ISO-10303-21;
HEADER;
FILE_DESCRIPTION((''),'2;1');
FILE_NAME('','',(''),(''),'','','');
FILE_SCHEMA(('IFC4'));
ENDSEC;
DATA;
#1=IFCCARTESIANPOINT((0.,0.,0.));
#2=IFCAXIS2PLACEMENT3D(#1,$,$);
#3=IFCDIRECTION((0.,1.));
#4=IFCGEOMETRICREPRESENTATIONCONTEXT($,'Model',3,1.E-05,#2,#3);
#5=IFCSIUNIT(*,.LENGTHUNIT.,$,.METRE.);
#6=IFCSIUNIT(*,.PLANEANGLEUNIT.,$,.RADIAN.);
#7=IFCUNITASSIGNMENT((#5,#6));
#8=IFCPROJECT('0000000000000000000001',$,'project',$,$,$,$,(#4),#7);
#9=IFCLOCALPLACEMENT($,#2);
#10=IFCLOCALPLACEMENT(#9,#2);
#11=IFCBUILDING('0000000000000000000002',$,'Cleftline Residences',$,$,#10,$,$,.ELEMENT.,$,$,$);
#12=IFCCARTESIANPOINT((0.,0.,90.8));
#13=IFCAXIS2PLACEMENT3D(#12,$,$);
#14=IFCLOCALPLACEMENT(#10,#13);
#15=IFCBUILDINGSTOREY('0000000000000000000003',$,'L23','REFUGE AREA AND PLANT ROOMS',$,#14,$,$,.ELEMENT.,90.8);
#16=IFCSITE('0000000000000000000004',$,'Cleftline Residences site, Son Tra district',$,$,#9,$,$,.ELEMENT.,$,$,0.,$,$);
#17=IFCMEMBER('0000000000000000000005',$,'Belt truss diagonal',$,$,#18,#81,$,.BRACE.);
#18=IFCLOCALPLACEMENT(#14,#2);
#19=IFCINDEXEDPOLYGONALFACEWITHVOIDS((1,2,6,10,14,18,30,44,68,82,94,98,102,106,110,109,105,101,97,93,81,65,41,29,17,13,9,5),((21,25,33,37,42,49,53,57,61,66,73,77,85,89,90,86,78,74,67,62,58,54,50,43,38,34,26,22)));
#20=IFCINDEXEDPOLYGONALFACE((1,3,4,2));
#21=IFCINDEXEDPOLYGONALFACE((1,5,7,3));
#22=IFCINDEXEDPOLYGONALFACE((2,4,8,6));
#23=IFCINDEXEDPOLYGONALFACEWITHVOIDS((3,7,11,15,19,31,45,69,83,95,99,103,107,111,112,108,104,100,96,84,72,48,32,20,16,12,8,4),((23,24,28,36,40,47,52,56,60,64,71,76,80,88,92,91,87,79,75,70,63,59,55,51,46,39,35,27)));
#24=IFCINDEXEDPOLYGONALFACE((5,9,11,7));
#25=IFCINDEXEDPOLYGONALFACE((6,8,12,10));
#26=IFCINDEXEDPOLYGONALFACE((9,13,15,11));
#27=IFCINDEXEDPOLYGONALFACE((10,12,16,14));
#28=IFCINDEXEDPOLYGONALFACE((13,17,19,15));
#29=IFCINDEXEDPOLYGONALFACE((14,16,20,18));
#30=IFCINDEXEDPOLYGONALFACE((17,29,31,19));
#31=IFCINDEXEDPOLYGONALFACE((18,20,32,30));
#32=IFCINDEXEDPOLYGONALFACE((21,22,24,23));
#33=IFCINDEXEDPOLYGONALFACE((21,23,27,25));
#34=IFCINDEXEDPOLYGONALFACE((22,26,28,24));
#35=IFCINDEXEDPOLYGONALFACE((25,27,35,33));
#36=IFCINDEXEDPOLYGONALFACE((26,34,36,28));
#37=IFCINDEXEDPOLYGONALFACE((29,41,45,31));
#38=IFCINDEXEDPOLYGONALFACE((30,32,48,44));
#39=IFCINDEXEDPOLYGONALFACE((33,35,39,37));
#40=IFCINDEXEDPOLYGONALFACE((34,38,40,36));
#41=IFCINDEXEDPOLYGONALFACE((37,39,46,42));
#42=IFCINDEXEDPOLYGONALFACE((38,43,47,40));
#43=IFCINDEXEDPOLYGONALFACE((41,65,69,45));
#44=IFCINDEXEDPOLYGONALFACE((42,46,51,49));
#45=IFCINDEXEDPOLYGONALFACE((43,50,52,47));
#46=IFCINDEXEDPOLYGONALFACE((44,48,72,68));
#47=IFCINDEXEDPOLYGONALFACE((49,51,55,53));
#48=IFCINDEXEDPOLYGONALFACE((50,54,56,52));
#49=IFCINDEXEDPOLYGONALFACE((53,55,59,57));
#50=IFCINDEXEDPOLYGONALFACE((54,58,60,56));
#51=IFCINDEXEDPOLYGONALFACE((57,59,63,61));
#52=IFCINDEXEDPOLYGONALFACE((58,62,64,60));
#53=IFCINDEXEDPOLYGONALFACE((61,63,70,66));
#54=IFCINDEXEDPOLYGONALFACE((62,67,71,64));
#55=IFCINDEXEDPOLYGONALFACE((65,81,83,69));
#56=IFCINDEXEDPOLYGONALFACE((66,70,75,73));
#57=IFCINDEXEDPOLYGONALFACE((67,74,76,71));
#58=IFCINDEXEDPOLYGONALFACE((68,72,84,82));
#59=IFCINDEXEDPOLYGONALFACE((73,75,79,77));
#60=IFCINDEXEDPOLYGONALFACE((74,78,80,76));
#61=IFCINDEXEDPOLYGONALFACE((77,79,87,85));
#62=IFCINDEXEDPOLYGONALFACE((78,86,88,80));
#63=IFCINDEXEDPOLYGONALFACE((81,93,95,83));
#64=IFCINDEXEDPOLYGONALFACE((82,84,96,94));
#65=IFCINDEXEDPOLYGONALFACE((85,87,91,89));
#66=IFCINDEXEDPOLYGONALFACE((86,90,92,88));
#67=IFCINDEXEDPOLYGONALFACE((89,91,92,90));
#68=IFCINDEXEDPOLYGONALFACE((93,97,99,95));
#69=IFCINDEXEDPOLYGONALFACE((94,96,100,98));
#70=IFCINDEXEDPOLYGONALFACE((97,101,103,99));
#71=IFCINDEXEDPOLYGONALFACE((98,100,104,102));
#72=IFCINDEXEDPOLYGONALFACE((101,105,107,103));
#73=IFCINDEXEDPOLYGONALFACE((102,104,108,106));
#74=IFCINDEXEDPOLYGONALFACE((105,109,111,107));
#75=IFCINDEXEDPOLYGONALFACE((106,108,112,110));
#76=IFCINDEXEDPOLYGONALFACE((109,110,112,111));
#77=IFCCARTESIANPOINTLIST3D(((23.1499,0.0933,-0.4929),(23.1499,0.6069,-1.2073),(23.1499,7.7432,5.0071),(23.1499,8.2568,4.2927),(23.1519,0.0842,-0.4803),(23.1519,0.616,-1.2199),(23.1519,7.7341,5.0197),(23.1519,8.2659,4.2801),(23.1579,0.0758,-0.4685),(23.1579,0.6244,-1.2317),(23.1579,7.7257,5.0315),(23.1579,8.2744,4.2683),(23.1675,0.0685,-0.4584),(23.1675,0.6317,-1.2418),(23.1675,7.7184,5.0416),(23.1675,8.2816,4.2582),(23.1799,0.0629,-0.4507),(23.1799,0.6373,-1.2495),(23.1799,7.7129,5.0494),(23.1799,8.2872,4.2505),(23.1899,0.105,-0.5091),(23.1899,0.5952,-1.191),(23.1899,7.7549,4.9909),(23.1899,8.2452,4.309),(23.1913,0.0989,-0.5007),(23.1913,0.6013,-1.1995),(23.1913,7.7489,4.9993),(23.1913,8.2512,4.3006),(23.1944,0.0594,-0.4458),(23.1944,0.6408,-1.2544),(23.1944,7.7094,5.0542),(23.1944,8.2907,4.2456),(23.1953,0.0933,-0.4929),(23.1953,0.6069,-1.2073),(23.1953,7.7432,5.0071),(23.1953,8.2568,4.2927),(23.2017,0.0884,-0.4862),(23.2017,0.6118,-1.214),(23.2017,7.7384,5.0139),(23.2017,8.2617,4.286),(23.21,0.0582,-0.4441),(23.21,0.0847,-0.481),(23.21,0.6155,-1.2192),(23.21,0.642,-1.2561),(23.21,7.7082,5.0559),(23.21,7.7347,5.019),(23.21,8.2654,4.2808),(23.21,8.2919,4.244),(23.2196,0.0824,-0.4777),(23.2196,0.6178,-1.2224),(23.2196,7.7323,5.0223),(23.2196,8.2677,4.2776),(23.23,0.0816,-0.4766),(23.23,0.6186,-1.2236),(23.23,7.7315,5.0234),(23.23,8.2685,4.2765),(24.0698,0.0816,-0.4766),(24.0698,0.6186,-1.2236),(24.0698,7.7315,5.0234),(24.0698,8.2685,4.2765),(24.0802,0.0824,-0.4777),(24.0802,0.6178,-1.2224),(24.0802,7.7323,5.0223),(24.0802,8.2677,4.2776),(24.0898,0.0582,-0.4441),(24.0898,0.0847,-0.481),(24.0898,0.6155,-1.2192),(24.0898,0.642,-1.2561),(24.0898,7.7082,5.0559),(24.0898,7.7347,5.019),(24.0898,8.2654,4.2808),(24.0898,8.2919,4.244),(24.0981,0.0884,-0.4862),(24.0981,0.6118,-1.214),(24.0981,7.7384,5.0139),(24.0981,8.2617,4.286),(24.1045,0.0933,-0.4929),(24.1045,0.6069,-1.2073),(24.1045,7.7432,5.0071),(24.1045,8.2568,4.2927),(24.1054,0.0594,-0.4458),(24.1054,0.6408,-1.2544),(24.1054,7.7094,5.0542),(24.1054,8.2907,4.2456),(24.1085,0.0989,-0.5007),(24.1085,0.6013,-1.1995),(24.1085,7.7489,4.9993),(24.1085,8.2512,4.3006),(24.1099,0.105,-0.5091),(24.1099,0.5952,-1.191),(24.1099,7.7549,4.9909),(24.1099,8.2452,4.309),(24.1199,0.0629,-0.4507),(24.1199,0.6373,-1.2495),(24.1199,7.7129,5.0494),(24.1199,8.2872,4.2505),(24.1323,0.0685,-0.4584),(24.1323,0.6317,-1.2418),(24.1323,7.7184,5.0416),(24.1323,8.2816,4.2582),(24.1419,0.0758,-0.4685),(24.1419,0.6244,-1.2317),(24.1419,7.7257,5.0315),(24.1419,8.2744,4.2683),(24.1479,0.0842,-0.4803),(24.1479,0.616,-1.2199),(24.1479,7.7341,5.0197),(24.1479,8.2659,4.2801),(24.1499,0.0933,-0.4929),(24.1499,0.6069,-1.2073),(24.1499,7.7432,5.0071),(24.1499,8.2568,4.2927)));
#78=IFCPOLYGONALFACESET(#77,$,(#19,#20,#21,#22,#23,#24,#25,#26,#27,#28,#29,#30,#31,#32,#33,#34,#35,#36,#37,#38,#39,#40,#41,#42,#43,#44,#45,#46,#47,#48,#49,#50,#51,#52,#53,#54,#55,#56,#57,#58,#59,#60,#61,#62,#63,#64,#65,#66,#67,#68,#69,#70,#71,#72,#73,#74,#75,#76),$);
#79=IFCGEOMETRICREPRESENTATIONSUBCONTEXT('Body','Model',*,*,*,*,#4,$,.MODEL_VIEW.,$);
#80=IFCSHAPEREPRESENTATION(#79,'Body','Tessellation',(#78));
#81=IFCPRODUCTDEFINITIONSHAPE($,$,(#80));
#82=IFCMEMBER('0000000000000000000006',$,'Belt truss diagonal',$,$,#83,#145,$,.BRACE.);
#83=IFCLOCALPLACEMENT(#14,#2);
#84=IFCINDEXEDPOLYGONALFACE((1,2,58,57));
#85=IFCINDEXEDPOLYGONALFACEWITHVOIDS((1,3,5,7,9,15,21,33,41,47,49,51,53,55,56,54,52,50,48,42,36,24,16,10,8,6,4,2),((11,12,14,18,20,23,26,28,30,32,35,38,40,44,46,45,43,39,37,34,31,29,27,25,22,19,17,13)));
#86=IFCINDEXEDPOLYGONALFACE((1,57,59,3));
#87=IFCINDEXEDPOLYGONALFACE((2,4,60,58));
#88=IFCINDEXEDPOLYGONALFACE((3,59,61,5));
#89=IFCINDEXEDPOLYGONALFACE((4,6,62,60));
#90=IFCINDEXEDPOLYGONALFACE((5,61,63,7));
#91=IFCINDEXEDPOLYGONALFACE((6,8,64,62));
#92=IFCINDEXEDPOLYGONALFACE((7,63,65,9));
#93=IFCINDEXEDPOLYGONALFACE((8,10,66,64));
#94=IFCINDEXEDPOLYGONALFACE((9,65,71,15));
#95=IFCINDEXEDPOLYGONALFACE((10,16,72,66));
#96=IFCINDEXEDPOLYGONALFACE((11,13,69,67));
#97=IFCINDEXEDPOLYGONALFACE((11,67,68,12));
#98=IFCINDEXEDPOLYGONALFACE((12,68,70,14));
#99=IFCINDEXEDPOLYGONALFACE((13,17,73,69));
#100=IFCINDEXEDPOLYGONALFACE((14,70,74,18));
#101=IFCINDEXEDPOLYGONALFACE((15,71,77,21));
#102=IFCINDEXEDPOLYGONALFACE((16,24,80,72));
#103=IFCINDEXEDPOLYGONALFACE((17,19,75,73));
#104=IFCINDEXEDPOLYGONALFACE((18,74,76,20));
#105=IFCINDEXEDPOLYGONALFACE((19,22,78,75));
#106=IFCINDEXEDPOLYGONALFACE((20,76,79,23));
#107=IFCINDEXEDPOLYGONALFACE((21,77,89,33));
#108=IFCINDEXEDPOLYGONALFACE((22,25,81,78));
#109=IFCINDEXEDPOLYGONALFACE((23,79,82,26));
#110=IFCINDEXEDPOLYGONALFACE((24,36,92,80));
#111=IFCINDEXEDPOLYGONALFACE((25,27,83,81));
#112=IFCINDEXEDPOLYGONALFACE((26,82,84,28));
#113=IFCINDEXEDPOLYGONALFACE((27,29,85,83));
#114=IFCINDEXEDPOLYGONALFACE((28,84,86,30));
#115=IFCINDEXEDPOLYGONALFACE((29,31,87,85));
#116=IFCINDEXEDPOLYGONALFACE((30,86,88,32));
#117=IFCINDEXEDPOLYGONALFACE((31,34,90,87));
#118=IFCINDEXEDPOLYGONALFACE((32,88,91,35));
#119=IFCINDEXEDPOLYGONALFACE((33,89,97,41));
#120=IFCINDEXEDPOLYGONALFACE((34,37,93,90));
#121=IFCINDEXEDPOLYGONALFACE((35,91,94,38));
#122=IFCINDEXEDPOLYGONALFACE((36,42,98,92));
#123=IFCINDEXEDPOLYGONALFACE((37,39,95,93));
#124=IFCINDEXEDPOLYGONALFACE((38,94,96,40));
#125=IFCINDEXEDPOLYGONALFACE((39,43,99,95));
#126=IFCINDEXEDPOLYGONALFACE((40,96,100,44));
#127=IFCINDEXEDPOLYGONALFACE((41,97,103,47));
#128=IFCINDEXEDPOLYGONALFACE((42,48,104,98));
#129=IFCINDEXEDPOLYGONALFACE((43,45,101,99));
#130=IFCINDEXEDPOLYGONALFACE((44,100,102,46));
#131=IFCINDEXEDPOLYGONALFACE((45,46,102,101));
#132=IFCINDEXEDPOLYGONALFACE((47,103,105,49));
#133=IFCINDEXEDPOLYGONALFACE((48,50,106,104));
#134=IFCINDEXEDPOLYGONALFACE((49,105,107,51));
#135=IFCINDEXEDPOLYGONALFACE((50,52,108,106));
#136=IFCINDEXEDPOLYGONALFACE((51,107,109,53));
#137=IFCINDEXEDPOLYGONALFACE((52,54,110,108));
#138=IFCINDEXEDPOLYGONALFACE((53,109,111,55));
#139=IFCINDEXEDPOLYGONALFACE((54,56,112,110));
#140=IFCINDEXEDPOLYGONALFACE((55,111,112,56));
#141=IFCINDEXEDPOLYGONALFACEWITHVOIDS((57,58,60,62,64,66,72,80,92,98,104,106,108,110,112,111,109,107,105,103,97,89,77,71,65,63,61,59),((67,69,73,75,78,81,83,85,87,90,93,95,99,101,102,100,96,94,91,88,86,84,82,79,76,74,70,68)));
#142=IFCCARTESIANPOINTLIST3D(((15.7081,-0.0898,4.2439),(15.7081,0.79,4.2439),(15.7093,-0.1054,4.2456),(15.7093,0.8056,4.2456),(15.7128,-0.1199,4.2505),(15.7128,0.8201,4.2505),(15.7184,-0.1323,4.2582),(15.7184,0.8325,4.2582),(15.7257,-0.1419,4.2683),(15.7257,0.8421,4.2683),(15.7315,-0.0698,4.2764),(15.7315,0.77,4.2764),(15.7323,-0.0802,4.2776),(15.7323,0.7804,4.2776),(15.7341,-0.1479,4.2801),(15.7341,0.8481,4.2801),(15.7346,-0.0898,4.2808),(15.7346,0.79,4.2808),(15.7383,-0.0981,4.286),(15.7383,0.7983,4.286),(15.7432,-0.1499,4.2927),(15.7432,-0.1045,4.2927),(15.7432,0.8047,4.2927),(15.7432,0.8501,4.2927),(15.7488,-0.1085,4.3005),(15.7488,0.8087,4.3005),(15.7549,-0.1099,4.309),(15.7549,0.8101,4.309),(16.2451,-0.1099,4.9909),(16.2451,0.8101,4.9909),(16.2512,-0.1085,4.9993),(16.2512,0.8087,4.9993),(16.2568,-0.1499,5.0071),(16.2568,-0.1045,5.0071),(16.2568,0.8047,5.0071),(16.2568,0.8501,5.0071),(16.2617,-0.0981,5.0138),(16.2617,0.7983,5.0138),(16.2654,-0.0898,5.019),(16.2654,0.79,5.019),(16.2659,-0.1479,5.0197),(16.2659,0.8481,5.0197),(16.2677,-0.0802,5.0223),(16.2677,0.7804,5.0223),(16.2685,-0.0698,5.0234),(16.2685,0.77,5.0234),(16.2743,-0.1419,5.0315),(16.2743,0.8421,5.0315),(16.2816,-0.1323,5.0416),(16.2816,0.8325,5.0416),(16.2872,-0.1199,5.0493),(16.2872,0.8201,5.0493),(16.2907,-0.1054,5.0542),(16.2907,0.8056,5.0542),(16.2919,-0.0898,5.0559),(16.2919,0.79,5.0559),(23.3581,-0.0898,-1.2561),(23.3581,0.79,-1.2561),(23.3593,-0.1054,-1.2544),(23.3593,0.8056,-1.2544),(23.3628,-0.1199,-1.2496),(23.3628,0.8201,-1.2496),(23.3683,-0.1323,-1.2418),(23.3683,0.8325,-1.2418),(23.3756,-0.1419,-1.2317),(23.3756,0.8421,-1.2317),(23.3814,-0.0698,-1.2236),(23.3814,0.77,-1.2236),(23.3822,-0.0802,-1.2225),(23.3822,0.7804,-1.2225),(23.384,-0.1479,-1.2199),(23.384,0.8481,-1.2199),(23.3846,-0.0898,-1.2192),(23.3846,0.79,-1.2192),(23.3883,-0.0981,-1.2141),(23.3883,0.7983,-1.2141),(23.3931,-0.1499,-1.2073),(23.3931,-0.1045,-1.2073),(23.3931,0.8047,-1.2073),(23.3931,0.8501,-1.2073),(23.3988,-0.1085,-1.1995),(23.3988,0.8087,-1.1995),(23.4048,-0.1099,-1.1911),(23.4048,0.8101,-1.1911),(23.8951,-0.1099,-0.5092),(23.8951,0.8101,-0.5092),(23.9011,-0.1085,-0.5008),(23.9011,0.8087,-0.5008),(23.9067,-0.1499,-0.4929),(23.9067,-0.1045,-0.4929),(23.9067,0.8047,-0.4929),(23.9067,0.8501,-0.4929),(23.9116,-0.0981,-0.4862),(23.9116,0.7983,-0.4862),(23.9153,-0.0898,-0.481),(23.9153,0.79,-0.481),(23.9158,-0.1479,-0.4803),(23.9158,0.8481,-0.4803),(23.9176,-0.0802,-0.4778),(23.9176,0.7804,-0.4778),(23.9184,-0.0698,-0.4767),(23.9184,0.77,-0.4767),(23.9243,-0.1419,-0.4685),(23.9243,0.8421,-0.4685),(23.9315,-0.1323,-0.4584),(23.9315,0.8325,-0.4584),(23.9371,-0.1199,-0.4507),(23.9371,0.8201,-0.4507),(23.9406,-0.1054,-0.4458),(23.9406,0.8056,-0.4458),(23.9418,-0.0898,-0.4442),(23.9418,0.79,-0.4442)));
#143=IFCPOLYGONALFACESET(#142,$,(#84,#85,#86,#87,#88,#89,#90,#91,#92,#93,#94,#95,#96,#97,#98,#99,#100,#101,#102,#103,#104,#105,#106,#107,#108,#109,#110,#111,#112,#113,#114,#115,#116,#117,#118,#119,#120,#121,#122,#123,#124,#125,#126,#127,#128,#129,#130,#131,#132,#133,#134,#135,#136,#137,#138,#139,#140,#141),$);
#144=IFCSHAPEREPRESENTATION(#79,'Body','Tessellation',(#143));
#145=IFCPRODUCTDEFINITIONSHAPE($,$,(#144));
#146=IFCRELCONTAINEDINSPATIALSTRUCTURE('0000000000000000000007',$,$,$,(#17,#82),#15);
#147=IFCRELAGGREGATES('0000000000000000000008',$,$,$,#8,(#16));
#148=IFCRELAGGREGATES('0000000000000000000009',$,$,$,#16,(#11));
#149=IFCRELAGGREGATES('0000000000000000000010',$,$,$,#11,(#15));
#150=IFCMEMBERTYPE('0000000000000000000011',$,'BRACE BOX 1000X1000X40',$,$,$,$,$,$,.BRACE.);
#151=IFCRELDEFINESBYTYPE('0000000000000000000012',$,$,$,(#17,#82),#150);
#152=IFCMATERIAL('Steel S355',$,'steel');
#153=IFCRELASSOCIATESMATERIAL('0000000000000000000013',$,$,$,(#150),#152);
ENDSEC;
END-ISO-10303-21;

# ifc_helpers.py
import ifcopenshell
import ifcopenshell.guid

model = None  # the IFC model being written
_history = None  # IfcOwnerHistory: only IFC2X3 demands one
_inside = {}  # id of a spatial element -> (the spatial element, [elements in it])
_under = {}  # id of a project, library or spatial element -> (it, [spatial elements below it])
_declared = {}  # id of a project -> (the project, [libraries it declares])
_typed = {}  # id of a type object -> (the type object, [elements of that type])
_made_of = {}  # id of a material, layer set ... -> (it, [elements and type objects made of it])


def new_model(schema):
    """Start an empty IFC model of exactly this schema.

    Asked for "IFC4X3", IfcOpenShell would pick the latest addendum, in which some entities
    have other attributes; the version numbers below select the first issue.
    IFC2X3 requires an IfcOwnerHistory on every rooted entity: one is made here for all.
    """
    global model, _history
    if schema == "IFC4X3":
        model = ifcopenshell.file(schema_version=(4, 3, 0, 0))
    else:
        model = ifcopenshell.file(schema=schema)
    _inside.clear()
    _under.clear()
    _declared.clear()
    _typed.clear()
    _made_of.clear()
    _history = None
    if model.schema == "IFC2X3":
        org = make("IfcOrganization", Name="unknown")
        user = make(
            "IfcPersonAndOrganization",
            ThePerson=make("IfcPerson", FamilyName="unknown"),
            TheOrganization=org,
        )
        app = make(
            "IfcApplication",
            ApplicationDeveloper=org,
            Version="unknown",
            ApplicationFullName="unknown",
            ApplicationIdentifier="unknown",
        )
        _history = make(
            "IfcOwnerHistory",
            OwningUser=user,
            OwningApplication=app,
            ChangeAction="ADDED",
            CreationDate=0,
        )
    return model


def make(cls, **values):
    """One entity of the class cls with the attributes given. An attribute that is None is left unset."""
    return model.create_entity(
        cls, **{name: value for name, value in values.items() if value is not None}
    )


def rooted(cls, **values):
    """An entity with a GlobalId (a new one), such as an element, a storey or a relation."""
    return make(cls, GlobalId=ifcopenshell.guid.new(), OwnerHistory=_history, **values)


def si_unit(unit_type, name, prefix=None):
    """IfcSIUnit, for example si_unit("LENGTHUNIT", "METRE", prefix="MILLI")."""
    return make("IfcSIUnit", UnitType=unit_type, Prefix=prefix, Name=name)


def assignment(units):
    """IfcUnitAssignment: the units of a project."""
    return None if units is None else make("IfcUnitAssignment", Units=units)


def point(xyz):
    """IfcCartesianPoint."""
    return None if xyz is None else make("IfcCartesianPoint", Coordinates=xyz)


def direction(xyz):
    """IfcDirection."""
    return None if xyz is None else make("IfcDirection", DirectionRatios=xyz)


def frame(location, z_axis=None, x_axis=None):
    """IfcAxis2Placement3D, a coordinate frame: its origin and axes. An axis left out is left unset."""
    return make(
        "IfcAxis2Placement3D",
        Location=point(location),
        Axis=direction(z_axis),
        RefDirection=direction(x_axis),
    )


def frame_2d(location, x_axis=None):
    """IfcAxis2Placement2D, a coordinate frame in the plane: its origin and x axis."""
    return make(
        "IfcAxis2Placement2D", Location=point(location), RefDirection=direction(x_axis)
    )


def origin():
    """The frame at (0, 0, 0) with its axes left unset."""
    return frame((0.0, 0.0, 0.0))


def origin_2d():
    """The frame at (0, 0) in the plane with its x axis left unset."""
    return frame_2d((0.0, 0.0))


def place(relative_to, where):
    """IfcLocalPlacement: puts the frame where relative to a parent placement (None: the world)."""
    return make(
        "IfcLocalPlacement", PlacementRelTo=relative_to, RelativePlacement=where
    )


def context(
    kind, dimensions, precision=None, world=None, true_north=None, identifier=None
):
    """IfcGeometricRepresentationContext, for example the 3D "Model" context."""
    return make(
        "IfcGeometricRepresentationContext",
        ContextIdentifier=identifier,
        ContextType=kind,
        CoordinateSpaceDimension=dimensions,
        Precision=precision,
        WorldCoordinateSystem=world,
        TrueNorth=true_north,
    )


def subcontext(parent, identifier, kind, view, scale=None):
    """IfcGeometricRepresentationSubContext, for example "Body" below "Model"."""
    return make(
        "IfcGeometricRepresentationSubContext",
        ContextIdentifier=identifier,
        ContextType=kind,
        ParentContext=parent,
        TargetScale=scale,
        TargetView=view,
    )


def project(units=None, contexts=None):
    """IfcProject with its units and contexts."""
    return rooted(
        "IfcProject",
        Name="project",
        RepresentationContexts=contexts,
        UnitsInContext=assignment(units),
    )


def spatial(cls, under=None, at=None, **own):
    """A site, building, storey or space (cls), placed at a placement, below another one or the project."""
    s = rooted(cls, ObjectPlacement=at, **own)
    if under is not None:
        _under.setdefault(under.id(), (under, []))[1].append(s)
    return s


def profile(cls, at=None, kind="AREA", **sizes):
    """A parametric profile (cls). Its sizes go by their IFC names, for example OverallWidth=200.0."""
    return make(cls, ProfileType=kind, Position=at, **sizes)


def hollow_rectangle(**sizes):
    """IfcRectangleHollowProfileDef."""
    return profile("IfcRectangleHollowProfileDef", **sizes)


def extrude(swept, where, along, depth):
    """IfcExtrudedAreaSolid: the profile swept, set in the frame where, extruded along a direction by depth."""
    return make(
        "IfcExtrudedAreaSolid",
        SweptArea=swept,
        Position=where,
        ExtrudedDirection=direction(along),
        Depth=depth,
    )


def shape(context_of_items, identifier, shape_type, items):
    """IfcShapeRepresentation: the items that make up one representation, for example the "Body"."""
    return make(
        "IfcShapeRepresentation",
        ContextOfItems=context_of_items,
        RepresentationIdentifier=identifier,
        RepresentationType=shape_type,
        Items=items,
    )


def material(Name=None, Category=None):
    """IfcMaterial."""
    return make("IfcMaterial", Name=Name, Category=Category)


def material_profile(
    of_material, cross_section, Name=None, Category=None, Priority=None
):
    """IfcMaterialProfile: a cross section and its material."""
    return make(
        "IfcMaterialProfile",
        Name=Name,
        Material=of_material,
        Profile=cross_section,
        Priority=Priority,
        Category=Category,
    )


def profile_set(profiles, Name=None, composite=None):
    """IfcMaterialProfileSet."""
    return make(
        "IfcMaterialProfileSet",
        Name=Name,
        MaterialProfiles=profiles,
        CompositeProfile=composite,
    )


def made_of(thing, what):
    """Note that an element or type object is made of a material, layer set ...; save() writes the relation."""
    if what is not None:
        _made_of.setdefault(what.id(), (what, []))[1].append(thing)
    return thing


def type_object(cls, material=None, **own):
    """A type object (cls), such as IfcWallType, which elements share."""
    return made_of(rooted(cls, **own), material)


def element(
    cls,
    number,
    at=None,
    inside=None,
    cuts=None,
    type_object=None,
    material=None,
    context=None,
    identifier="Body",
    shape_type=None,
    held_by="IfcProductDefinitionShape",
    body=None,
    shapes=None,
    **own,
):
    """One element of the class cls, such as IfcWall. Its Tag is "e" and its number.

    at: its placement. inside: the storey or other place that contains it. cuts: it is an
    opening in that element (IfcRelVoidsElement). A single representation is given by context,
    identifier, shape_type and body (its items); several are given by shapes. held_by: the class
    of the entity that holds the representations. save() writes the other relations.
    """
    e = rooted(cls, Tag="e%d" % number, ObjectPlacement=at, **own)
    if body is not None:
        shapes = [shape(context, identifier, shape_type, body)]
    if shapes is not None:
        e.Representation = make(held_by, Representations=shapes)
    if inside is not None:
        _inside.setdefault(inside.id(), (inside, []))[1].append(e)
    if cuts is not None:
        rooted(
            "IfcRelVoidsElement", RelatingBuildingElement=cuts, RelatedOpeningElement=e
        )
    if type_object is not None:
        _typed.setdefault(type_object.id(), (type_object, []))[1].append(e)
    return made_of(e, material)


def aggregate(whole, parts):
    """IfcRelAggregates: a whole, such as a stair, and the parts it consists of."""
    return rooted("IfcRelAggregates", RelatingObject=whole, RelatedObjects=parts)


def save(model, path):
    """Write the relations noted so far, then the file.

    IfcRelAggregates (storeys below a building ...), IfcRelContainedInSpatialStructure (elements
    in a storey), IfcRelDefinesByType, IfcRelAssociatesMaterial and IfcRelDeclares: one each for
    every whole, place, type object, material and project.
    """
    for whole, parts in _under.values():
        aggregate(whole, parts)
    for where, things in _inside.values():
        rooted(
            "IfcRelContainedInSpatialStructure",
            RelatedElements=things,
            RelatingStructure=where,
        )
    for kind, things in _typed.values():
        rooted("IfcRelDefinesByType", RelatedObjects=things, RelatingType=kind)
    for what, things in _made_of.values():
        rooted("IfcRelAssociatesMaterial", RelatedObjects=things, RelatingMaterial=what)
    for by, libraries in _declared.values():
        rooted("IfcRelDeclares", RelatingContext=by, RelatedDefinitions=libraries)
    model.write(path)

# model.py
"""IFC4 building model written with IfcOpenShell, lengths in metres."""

from ifc_helpers import new_model, si_unit, direction, frame, origin, origin_2d, place, context, subcontext, project, spatial, hollow_rectangle, extrude, material, material_profile, profile_set, type_object, element, save


model = new_model("IFC4")

# Units and contexts
model_context = context("Model", 3, precision=1e-05, world=origin(), true_north=direction((0.0, 1.0)))
body_context = subcontext(model_context, "Body", "Model", "MODEL_VIEW")
ifc_project = project(units=[si_unit("LENGTHUNIT", "METRE"), si_unit("PLANEANGLEUNIT", "RADIAN")], contexts=[model_context])

# Site, building, storey
site_placement = place(None, origin())
site = spatial("IfcSite", under=ifc_project, at=site_placement, Name="Cleftline Residences site, Son Tra district", CompositionType="ELEMENT", RefElevation=0.0)
building_placement = place(site_placement, origin())
building = spatial("IfcBuilding", under=site, at=building_placement, Name="Cleftline Residences", CompositionType="ELEMENT")
storey_placement = place(building_placement, frame((0.0, 0.0, 90.8)))
storey = spatial("IfcBuildingStorey", under=building, at=storey_placement, Name="L23", Description="REFUGE AREA AND PLANT ROOMS", CompositionType="ELEMENT", Elevation=90.8)

# Members
ifc_material_1 = material(Name="Steel S355", Category="steel")
ifc_material_profile_1 = material_profile(ifc_material_1, hollow_rectangle(XDim=1.0, YDim=1.0, WallThickness=0.04, InnerFilletRadius=0.04, OuterFilletRadius=0.0601, at=origin_2d()))
ifc_profile_set_1 = profile_set([ifc_material_profile_1], Name="Steel S355")
member_type_1 = type_object("IfcMemberType", Name="BRACE BOX 1000X1000X40", PredefinedType="BRACE", material=ifc_profile_set_1)
for number, where, z_axis, x_axis, name in (
    (1, (23.6499, 0.3501, -0.8501), (0.0, 0.811933, 0.58375), (0.0, -0.58375, 0.811933), "Belt truss diagonal"),
    (2, (16.0, 0.3501, 4.6499), (0.811933, 0.0, -0.58375), (0.58375, 0.0, 0.811933), "Belt truss diagonal"),
):
    element("IfcMember", number, at=place(storey_placement, frame(where, z_axis=z_axis, x_axis=x_axis)), inside=storey, type_object=member_type_1, Name=name, PredefinedType="BRACE", context=body_context, shape_type="SweptSolid", body=[
        extrude(hollow_rectangle(XDim=1.0, YDim=1.0, WallThickness=0.04, InnerFilletRadius=0.04, OuterFilletRadius=0.0601, at=origin_2d()), origin(), (0.0, 0.0, 1.0), 9.4219),
    ])

save(model, "model.ifc")
